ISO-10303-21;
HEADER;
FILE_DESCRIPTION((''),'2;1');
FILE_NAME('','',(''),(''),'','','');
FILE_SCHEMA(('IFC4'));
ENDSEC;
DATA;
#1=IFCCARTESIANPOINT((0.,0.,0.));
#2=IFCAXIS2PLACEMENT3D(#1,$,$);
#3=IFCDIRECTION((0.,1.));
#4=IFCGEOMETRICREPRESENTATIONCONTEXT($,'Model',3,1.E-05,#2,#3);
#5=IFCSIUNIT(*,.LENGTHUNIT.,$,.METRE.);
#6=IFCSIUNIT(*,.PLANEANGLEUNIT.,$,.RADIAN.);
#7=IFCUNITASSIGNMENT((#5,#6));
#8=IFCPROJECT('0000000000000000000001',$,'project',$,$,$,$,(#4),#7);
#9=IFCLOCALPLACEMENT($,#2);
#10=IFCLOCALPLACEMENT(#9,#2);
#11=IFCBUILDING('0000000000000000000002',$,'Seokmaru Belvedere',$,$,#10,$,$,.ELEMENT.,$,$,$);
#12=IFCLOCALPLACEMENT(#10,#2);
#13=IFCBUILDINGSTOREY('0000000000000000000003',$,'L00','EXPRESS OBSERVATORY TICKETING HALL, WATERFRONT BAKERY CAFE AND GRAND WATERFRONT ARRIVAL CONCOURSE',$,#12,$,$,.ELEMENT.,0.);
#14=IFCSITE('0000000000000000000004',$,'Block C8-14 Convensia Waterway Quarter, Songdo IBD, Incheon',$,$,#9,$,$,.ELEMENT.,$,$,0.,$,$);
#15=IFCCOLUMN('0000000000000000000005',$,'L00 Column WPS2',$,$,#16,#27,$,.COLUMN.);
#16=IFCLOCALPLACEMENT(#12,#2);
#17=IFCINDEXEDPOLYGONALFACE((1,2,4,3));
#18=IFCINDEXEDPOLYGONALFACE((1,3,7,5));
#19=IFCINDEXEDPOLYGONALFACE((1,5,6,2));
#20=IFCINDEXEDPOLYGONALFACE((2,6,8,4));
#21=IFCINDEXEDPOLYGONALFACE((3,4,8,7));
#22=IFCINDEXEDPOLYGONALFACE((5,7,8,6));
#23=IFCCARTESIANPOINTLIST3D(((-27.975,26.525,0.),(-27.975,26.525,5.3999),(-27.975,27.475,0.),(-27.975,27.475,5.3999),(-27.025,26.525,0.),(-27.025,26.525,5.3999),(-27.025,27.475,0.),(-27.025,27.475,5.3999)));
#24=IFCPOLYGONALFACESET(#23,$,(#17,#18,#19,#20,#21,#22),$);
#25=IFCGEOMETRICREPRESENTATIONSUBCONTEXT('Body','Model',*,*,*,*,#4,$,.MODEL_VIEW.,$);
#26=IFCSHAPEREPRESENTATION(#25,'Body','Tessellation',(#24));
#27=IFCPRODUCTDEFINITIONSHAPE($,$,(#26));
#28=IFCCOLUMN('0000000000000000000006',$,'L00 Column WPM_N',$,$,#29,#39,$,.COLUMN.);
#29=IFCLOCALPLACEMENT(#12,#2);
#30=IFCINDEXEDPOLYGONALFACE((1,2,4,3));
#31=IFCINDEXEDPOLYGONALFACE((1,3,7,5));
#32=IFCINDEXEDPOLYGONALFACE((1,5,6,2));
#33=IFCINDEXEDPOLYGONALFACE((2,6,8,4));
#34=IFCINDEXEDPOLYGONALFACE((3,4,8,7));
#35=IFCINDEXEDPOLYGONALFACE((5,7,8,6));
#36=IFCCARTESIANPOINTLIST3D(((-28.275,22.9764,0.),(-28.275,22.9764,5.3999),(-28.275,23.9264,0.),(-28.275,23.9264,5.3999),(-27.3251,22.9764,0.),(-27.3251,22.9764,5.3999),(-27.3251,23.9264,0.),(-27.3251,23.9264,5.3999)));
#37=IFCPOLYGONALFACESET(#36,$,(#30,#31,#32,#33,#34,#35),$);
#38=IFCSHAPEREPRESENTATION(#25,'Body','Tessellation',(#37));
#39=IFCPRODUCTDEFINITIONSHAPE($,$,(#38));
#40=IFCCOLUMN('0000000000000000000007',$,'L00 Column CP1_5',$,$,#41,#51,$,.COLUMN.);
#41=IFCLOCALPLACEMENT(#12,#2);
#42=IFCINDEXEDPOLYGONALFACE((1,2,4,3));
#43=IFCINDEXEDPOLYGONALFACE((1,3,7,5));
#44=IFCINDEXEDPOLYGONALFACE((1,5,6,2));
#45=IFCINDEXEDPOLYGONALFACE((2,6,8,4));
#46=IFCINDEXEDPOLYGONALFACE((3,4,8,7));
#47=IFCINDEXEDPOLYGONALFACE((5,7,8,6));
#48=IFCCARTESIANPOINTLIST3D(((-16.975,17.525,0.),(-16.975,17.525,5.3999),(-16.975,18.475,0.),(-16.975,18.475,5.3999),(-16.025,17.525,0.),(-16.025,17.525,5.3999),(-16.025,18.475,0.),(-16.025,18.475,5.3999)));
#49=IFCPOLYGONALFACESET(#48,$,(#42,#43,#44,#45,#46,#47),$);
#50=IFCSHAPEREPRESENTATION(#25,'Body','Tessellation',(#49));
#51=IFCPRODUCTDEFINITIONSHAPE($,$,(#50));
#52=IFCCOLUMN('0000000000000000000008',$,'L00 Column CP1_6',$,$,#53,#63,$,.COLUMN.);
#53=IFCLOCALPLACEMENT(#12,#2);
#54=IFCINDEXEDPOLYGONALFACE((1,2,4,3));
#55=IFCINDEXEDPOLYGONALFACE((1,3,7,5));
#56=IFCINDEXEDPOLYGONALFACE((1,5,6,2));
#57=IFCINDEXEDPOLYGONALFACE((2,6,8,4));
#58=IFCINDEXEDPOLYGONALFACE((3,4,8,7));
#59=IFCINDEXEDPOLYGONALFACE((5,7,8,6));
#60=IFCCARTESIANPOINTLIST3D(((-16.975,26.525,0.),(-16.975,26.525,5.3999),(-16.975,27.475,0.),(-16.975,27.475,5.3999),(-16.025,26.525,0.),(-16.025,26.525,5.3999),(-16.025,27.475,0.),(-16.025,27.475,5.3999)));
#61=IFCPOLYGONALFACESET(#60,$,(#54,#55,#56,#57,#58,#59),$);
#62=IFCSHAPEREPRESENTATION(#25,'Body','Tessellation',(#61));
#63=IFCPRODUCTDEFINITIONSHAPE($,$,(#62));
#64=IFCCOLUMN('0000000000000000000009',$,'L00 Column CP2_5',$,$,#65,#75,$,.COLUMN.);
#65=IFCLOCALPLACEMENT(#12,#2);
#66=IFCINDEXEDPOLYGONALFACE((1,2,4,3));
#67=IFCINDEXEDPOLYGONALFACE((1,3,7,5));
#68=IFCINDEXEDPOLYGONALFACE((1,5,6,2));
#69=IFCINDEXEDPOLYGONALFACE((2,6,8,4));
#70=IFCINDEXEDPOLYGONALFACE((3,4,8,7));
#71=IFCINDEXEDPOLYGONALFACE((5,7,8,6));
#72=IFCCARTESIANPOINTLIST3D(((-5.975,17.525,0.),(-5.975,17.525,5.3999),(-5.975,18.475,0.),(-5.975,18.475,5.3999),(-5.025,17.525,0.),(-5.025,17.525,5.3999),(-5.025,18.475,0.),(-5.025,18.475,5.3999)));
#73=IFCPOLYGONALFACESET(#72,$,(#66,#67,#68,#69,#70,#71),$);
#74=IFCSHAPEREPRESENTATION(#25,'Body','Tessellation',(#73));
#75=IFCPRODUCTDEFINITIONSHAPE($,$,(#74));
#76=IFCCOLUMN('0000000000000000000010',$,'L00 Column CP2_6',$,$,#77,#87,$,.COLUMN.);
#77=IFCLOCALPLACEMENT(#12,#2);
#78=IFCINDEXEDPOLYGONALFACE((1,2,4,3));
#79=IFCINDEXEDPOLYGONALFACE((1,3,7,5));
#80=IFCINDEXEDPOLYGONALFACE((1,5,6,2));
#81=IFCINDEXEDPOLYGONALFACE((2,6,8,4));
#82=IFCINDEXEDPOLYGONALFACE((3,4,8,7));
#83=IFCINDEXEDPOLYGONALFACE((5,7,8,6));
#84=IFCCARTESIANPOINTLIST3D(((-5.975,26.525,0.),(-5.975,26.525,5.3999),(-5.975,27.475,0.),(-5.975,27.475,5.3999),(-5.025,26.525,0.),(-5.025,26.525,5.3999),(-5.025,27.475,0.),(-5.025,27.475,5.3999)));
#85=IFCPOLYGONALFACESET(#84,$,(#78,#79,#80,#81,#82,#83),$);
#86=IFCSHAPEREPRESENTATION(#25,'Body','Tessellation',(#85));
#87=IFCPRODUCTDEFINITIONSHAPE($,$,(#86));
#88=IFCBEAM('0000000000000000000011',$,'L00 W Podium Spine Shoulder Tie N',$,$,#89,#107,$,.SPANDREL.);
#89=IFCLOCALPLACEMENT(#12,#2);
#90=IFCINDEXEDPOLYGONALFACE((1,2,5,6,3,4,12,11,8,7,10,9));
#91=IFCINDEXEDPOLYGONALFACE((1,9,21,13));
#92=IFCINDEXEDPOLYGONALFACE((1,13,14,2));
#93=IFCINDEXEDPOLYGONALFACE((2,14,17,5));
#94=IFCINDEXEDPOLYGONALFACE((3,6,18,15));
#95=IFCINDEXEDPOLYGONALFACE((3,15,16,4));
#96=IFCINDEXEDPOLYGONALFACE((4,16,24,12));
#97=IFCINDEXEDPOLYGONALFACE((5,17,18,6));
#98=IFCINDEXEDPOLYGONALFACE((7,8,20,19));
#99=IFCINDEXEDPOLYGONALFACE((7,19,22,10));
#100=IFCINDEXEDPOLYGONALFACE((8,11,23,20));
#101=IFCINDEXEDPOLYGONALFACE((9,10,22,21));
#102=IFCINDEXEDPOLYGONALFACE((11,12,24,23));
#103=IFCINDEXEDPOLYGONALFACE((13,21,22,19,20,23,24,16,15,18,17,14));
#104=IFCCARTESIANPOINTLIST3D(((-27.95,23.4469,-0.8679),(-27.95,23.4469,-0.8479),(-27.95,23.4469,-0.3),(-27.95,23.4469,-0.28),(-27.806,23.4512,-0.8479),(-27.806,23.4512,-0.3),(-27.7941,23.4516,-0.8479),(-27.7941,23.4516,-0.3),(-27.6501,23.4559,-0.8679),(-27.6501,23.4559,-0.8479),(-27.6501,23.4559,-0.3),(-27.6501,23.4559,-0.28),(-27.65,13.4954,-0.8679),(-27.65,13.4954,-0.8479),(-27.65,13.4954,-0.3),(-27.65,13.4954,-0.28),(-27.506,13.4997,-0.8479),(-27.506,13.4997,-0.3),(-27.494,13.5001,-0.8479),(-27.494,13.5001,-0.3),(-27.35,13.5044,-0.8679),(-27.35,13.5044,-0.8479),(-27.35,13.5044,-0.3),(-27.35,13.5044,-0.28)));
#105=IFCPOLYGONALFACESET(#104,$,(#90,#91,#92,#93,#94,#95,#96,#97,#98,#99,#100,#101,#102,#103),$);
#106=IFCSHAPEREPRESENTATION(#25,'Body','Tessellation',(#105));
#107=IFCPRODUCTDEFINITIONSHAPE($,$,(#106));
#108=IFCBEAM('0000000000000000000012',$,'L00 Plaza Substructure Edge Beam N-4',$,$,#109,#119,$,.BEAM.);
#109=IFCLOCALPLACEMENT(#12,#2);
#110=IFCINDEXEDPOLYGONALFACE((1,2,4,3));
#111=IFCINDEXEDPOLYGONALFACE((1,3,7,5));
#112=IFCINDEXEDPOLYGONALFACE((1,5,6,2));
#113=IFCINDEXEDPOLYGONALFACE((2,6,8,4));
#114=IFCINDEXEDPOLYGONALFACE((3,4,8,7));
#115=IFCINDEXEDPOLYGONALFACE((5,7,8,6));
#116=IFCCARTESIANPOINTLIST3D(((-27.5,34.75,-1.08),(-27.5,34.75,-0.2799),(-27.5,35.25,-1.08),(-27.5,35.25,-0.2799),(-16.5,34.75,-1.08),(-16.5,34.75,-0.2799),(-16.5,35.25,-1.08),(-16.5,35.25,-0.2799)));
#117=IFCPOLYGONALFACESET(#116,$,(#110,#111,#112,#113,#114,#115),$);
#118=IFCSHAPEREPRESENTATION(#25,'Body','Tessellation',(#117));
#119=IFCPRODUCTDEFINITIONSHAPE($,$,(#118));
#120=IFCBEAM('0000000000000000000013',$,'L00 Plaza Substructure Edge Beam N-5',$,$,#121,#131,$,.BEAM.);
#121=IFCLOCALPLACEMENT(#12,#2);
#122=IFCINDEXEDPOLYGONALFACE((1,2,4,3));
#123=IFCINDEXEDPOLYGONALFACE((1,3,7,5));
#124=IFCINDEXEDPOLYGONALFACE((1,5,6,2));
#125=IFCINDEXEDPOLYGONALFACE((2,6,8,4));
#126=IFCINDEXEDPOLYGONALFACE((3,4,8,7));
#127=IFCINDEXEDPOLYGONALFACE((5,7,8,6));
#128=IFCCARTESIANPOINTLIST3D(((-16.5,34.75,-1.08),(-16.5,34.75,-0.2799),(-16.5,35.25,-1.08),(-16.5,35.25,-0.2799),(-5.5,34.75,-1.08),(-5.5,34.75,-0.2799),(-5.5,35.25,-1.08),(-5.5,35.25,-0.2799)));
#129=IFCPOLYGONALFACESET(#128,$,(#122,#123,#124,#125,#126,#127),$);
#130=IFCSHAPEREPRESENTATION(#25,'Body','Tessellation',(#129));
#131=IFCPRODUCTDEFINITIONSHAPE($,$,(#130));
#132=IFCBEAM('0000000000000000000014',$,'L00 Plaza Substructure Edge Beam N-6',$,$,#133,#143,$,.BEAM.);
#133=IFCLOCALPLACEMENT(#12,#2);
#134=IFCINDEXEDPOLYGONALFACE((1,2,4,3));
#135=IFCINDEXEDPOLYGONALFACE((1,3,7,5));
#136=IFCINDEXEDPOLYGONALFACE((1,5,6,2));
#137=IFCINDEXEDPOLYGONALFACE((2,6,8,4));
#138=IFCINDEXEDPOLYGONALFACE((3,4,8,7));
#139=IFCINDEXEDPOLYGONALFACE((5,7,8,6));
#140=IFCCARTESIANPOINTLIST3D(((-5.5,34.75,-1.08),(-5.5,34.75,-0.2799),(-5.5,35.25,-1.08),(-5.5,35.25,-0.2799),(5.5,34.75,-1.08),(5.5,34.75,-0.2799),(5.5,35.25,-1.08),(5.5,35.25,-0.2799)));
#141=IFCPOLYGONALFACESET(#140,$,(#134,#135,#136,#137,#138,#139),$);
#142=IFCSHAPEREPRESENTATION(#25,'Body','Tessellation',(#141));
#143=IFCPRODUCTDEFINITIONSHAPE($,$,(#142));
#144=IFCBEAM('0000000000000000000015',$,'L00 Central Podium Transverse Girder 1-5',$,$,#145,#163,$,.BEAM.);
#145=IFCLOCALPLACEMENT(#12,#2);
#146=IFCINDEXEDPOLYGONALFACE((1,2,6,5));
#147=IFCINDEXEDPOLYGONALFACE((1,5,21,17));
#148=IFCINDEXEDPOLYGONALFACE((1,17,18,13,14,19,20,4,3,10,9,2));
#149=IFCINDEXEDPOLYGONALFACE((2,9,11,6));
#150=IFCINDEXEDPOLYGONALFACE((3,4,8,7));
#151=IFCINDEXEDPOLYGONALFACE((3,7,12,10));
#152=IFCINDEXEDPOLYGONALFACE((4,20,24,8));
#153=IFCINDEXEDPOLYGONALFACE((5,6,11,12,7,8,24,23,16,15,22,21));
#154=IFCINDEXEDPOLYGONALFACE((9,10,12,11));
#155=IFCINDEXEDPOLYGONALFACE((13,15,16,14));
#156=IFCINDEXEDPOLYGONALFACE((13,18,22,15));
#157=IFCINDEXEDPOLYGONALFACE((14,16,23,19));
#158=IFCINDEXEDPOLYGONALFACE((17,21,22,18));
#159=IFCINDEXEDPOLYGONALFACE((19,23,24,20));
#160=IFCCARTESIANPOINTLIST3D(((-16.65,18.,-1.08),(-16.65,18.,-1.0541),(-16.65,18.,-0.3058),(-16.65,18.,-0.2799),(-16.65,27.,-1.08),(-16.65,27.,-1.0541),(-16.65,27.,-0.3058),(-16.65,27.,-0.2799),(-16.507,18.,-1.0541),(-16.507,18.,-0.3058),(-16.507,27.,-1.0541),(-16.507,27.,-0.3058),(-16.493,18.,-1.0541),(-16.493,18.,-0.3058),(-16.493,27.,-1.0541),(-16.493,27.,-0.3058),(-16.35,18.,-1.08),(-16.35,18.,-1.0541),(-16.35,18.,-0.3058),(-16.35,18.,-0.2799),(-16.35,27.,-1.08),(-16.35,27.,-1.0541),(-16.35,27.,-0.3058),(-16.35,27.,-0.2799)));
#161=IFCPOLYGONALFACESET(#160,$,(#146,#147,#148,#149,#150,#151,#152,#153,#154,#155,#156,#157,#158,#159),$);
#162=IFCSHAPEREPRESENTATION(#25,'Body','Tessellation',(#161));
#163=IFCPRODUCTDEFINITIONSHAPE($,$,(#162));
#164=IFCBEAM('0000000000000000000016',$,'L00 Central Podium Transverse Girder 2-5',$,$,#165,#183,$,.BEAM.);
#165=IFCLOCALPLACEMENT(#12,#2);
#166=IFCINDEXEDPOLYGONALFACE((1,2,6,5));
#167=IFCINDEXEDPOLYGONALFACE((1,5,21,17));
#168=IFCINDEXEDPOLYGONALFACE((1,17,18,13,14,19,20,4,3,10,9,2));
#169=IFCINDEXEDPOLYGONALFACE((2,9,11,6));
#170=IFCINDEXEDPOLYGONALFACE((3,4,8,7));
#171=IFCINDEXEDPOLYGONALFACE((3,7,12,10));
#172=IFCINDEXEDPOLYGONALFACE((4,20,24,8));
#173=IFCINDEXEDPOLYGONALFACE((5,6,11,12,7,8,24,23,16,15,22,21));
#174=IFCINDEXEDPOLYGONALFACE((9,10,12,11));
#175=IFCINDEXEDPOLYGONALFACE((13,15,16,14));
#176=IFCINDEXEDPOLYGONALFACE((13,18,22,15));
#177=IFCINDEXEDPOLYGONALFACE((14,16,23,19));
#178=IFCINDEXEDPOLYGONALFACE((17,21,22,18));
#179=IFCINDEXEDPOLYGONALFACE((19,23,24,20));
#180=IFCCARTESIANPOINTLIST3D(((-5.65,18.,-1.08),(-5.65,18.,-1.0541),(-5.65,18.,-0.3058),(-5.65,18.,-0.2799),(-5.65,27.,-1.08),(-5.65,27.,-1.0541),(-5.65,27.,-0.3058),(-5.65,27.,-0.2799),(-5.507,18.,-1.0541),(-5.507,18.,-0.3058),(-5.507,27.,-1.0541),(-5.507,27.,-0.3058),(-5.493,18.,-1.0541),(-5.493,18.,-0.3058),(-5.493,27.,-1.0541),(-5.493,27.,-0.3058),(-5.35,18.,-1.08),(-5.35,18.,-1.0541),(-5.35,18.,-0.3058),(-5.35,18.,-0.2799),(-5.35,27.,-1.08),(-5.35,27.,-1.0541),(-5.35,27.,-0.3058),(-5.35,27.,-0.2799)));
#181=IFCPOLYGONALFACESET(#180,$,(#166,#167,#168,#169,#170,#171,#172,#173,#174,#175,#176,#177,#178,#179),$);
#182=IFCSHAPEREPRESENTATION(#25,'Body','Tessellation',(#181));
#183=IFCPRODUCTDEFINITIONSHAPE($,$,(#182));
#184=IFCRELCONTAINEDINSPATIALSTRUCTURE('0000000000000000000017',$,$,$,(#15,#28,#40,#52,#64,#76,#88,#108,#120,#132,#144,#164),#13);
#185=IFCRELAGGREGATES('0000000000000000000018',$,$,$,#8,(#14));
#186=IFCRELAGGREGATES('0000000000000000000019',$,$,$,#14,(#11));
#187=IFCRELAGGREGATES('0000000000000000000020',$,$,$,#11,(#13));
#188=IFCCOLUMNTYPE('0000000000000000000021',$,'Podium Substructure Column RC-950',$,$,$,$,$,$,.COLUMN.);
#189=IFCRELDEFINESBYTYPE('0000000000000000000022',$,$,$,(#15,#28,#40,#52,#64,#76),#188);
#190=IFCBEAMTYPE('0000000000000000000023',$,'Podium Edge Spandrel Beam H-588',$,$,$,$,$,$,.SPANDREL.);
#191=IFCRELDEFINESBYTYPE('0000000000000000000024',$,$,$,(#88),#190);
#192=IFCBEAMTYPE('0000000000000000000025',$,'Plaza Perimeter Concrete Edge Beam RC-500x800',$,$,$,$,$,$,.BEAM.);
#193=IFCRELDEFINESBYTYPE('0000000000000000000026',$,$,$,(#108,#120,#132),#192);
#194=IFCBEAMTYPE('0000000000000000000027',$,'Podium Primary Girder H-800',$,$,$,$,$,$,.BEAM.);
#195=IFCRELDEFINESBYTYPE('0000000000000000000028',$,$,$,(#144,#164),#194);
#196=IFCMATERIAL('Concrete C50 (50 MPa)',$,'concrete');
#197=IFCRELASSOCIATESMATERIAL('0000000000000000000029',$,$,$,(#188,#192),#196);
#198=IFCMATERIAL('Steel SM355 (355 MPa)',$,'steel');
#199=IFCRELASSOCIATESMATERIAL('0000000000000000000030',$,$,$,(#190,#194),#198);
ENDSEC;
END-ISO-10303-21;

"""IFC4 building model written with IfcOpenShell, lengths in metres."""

from ifc_helpers import new_model, si_unit, direction, frame, origin, origin_2d, place, context, subcontext, project, spatial, rectangle, i_section, extrude, source, transform, mapped, material, material_profile, profile_set, type_object, type_shapes, element, save


model = new_model("IFC4")

# Units and contexts
model_context = context("Model", 3, precision=1e-05, world=origin(), true_north=direction((0.0, 1.0)))
body_context = subcontext(model_context, "Body", "Model", "MODEL_VIEW")
ifc_project = project(units=[si_unit("LENGTHUNIT", "METRE"), si_unit("PLANEANGLEUNIT", "RADIAN")], contexts=[model_context])

# Site, building, storey
site_placement = place(None, origin())
site = spatial("IfcSite", under=ifc_project, at=site_placement, Name="Block C8-14 Convensia Waterway Quarter, Songdo IBD, Incheon", CompositionType="ELEMENT", RefElevation=0.0)
building_placement = place(site_placement, origin())
building = spatial("IfcBuilding", under=site, at=building_placement, Name="Seokmaru Belvedere", CompositionType="ELEMENT")
storey_placement = place(building_placement, origin())
storey = spatial("IfcBuildingStorey", under=building, at=storey_placement, Name="L00", Description="EXPRESS OBSERVATORY TICKETING HALL, WATERFRONT BAKERY CAFE AND GRAND WATERFRONT ARRIVAL CONCOURSE", CompositionType="ELEMENT", Elevation=0.0)

# Columns
ifc_material_1 = material(Name="Concrete C50 (50 MPa)", Category="concrete")
ifc_material_profile_1 = material_profile(ifc_material_1, rectangle(XDim=0.95, YDim=0.95, at=origin_2d()), Name="RC-950x950")
ifc_profile_set_1 = profile_set([ifc_material_profile_1], Name="Concrete C50 (50 MPa)")
column_type = type_object("IfcColumnType", Name="Podium Substructure Column RC-950", PredefinedType="COLUMN", material=ifc_profile_set_1)
shared_shape_1 = source(origin(), body_context, "Body", "SweptSolid", [
    extrude(rectangle(XDim=0.95, YDim=0.95, at=origin_2d()), origin(), (0.0, 0.0, 1.0), 5.3999),
])
type_shapes(column_type, [shared_shape_1])
for number, where, z_axis, x_axis, name in (
    (1, (-27.5, 27.0, 0.0), (0.0, 0.0, 1.0), (1.0, 0.0, 0.0), "L00 Column WPS2"),
    (2, (-27.8, 23.4514, 0.0), (0.0, 0.0, 1.0), (1.0, 0.0, 0.0), "L00 Column WPM_N"),
    (3, (-16.5, 18.0, 0.0), (0.0, 0.0, 1.0), (1.0, 0.0, 0.0), "L00 Column CP1_5"),
    (4, (-16.5, 27.0, 0.0), (0.0, 0.0, 1.0), (1.0, 0.0, 0.0), "L00 Column CP1_6"),
    (5, (-5.5, 18.0, 0.0), (0.0, 0.0, 1.0), (1.0, 0.0, 0.0), "L00 Column CP2_5"),
    (6, (-5.5, 27.0, 0.0), (0.0, 0.0, 1.0), (1.0, 0.0, 0.0), "L00 Column CP2_6"),
):
    element("IfcColumn", number, at=place(storey_placement, frame(where, z_axis=z_axis, x_axis=x_axis)), inside=storey, type_object=column_type, Name=name, PredefinedType="COLUMN", context=body_context, shape_type="MappedRepresentation", body=[
        mapped(shared_shape_1, transform((0.0, 0.0, 0.0), scale=1.0)),
    ])

# Beams
ifc_material_2 = material(Name="Steel SM355 (355 MPa)", Category="steel")
ifc_material_profile_2 = material_profile(ifc_material_2, i_section(OverallWidth=0.3, OverallDepth=0.5879, WebThickness=0.012, FlangeThickness=0.02, at=origin_2d()), Name="H-588x300x12x20")
ifc_profile_set_2 = profile_set([ifc_material_profile_2], Name="Steel SM355 (355 MPa)")
beam_type_1 = type_object("IfcBeamType", Name="Podium Edge Spandrel Beam H-588", PredefinedType="SPANDREL", material=ifc_profile_set_2)
shared_shape_2 = source(origin(), body_context, "Body", "SweptSolid", [
    extrude(i_section(OverallWidth=0.3, OverallDepth=0.5879, WebThickness=0.012, FlangeThickness=0.02, at=origin_2d()), origin(), (0.0, 0.0, 1.0), 9.9561),
])
type_shapes(beam_type_1, [shared_shape_2])
beam_placement = place(storey_placement, frame((-27.8, 23.4514, -0.574), z_axis=(0.030138, -0.999546, 0.0), x_axis=(0.999546, 0.030138, 0.0)))
element("IfcBeam", 7, at=beam_placement, inside=storey, type_object=beam_type_1, Name="L00 W Podium Spine Shoulder Tie N", PredefinedType="SPANDREL", context=body_context, shape_type="MappedRepresentation", body=[
    mapped(shared_shape_2, transform((0.0, 0.0, 0.0), scale=1.0)),
])
ifc_material_profile_3 = material_profile(ifc_material_1, rectangle(XDim=0.5, YDim=0.8, at=origin_2d()), Name="RC-500x800")
ifc_profile_set_3 = profile_set([ifc_material_profile_3], Name="Concrete C50 (50 MPa)")
beam_type_2 = type_object("IfcBeamType", Name="Plaza Perimeter Concrete Edge Beam RC-500x800", PredefinedType="BEAM", material=ifc_profile_set_3)
shared_shape_3 = source(origin(), body_context, "Body", "SweptSolid", [
    extrude(rectangle(XDim=0.5, YDim=0.8, at=origin_2d()), origin(), (0.0, 0.0, 1.0), 11.0),
])
for number, where, z_axis, x_axis, name in (
    (8, (-27.5, 35.0, -0.6799), (1.0, 0.0, 0.0), (0.0, 1.0, 0.0), "L00 Plaza Substructure Edge Beam N-4"),
    (9, (-16.5, 35.0, -0.6799), (1.0, 0.0, 0.0), (0.0, 1.0, 0.0), "L00 Plaza Substructure Edge Beam N-5"),
    (10, (-5.5, 35.0, -0.6799), (1.0, 0.0, 0.0), (0.0, 1.0, 0.0), "L00 Plaza Substructure Edge Beam N-6"),
):
    element("IfcBeam", number, at=place(storey_placement, frame(where, z_axis=z_axis, x_axis=x_axis)), inside=storey, type_object=beam_type_2, Name=name, PredefinedType="BEAM", context=body_context, shape_type="MappedRepresentation", body=[
        mapped(shared_shape_3, transform((0.0, 0.0, 0.0), scale=1.0)),
    ])
ifc_material_profile_4 = material_profile(ifc_material_2, i_section(OverallWidth=0.3, OverallDepth=0.8, WebThickness=0.0139, FlangeThickness=0.0259, at=origin_2d()), Name="H-800x300x14x26")
ifc_profile_set_4 = profile_set([ifc_material_profile_4], Name="Steel SM355 (355 MPa)")
beam_type_3 = type_object("IfcBeamType", Name="Podium Primary Girder H-800", PredefinedType="BEAM", material=ifc_profile_set_4)
shared_shape_4 = source(origin(), body_context, "Body", "SweptSolid", [
    extrude(i_section(OverallWidth=0.3, OverallDepth=0.8, WebThickness=0.0139, FlangeThickness=0.0259, at=origin_2d()), origin(), (0.0, 0.0, 1.0), 9.0),
])
for number, where, z_axis, x_axis, name in (
    (11, (-16.5, 18.0, -0.6799), (0.0, 1.0, 0.0), (-1.0, 0.0, 0.0), "L00 Central Podium Transverse Girder 1-5"),
    (12, (-5.5, 18.0, -0.6799), (0.0, 1.0, 0.0), (-1.0, 0.0, 0.0), "L00 Central Podium Transverse Girder 2-5"),
):
    element("IfcBeam", number, at=place(storey_placement, frame(where, z_axis=z_axis, x_axis=x_axis)), inside=storey, type_object=beam_type_3, Name=name, PredefinedType="BEAM", context=body_context, shape_type="MappedRepresentation", body=[
        mapped(shared_shape_4, transform((0.0, 0.0, 0.0), scale=1.0)),
    ])

save(model, "model.ifc")
